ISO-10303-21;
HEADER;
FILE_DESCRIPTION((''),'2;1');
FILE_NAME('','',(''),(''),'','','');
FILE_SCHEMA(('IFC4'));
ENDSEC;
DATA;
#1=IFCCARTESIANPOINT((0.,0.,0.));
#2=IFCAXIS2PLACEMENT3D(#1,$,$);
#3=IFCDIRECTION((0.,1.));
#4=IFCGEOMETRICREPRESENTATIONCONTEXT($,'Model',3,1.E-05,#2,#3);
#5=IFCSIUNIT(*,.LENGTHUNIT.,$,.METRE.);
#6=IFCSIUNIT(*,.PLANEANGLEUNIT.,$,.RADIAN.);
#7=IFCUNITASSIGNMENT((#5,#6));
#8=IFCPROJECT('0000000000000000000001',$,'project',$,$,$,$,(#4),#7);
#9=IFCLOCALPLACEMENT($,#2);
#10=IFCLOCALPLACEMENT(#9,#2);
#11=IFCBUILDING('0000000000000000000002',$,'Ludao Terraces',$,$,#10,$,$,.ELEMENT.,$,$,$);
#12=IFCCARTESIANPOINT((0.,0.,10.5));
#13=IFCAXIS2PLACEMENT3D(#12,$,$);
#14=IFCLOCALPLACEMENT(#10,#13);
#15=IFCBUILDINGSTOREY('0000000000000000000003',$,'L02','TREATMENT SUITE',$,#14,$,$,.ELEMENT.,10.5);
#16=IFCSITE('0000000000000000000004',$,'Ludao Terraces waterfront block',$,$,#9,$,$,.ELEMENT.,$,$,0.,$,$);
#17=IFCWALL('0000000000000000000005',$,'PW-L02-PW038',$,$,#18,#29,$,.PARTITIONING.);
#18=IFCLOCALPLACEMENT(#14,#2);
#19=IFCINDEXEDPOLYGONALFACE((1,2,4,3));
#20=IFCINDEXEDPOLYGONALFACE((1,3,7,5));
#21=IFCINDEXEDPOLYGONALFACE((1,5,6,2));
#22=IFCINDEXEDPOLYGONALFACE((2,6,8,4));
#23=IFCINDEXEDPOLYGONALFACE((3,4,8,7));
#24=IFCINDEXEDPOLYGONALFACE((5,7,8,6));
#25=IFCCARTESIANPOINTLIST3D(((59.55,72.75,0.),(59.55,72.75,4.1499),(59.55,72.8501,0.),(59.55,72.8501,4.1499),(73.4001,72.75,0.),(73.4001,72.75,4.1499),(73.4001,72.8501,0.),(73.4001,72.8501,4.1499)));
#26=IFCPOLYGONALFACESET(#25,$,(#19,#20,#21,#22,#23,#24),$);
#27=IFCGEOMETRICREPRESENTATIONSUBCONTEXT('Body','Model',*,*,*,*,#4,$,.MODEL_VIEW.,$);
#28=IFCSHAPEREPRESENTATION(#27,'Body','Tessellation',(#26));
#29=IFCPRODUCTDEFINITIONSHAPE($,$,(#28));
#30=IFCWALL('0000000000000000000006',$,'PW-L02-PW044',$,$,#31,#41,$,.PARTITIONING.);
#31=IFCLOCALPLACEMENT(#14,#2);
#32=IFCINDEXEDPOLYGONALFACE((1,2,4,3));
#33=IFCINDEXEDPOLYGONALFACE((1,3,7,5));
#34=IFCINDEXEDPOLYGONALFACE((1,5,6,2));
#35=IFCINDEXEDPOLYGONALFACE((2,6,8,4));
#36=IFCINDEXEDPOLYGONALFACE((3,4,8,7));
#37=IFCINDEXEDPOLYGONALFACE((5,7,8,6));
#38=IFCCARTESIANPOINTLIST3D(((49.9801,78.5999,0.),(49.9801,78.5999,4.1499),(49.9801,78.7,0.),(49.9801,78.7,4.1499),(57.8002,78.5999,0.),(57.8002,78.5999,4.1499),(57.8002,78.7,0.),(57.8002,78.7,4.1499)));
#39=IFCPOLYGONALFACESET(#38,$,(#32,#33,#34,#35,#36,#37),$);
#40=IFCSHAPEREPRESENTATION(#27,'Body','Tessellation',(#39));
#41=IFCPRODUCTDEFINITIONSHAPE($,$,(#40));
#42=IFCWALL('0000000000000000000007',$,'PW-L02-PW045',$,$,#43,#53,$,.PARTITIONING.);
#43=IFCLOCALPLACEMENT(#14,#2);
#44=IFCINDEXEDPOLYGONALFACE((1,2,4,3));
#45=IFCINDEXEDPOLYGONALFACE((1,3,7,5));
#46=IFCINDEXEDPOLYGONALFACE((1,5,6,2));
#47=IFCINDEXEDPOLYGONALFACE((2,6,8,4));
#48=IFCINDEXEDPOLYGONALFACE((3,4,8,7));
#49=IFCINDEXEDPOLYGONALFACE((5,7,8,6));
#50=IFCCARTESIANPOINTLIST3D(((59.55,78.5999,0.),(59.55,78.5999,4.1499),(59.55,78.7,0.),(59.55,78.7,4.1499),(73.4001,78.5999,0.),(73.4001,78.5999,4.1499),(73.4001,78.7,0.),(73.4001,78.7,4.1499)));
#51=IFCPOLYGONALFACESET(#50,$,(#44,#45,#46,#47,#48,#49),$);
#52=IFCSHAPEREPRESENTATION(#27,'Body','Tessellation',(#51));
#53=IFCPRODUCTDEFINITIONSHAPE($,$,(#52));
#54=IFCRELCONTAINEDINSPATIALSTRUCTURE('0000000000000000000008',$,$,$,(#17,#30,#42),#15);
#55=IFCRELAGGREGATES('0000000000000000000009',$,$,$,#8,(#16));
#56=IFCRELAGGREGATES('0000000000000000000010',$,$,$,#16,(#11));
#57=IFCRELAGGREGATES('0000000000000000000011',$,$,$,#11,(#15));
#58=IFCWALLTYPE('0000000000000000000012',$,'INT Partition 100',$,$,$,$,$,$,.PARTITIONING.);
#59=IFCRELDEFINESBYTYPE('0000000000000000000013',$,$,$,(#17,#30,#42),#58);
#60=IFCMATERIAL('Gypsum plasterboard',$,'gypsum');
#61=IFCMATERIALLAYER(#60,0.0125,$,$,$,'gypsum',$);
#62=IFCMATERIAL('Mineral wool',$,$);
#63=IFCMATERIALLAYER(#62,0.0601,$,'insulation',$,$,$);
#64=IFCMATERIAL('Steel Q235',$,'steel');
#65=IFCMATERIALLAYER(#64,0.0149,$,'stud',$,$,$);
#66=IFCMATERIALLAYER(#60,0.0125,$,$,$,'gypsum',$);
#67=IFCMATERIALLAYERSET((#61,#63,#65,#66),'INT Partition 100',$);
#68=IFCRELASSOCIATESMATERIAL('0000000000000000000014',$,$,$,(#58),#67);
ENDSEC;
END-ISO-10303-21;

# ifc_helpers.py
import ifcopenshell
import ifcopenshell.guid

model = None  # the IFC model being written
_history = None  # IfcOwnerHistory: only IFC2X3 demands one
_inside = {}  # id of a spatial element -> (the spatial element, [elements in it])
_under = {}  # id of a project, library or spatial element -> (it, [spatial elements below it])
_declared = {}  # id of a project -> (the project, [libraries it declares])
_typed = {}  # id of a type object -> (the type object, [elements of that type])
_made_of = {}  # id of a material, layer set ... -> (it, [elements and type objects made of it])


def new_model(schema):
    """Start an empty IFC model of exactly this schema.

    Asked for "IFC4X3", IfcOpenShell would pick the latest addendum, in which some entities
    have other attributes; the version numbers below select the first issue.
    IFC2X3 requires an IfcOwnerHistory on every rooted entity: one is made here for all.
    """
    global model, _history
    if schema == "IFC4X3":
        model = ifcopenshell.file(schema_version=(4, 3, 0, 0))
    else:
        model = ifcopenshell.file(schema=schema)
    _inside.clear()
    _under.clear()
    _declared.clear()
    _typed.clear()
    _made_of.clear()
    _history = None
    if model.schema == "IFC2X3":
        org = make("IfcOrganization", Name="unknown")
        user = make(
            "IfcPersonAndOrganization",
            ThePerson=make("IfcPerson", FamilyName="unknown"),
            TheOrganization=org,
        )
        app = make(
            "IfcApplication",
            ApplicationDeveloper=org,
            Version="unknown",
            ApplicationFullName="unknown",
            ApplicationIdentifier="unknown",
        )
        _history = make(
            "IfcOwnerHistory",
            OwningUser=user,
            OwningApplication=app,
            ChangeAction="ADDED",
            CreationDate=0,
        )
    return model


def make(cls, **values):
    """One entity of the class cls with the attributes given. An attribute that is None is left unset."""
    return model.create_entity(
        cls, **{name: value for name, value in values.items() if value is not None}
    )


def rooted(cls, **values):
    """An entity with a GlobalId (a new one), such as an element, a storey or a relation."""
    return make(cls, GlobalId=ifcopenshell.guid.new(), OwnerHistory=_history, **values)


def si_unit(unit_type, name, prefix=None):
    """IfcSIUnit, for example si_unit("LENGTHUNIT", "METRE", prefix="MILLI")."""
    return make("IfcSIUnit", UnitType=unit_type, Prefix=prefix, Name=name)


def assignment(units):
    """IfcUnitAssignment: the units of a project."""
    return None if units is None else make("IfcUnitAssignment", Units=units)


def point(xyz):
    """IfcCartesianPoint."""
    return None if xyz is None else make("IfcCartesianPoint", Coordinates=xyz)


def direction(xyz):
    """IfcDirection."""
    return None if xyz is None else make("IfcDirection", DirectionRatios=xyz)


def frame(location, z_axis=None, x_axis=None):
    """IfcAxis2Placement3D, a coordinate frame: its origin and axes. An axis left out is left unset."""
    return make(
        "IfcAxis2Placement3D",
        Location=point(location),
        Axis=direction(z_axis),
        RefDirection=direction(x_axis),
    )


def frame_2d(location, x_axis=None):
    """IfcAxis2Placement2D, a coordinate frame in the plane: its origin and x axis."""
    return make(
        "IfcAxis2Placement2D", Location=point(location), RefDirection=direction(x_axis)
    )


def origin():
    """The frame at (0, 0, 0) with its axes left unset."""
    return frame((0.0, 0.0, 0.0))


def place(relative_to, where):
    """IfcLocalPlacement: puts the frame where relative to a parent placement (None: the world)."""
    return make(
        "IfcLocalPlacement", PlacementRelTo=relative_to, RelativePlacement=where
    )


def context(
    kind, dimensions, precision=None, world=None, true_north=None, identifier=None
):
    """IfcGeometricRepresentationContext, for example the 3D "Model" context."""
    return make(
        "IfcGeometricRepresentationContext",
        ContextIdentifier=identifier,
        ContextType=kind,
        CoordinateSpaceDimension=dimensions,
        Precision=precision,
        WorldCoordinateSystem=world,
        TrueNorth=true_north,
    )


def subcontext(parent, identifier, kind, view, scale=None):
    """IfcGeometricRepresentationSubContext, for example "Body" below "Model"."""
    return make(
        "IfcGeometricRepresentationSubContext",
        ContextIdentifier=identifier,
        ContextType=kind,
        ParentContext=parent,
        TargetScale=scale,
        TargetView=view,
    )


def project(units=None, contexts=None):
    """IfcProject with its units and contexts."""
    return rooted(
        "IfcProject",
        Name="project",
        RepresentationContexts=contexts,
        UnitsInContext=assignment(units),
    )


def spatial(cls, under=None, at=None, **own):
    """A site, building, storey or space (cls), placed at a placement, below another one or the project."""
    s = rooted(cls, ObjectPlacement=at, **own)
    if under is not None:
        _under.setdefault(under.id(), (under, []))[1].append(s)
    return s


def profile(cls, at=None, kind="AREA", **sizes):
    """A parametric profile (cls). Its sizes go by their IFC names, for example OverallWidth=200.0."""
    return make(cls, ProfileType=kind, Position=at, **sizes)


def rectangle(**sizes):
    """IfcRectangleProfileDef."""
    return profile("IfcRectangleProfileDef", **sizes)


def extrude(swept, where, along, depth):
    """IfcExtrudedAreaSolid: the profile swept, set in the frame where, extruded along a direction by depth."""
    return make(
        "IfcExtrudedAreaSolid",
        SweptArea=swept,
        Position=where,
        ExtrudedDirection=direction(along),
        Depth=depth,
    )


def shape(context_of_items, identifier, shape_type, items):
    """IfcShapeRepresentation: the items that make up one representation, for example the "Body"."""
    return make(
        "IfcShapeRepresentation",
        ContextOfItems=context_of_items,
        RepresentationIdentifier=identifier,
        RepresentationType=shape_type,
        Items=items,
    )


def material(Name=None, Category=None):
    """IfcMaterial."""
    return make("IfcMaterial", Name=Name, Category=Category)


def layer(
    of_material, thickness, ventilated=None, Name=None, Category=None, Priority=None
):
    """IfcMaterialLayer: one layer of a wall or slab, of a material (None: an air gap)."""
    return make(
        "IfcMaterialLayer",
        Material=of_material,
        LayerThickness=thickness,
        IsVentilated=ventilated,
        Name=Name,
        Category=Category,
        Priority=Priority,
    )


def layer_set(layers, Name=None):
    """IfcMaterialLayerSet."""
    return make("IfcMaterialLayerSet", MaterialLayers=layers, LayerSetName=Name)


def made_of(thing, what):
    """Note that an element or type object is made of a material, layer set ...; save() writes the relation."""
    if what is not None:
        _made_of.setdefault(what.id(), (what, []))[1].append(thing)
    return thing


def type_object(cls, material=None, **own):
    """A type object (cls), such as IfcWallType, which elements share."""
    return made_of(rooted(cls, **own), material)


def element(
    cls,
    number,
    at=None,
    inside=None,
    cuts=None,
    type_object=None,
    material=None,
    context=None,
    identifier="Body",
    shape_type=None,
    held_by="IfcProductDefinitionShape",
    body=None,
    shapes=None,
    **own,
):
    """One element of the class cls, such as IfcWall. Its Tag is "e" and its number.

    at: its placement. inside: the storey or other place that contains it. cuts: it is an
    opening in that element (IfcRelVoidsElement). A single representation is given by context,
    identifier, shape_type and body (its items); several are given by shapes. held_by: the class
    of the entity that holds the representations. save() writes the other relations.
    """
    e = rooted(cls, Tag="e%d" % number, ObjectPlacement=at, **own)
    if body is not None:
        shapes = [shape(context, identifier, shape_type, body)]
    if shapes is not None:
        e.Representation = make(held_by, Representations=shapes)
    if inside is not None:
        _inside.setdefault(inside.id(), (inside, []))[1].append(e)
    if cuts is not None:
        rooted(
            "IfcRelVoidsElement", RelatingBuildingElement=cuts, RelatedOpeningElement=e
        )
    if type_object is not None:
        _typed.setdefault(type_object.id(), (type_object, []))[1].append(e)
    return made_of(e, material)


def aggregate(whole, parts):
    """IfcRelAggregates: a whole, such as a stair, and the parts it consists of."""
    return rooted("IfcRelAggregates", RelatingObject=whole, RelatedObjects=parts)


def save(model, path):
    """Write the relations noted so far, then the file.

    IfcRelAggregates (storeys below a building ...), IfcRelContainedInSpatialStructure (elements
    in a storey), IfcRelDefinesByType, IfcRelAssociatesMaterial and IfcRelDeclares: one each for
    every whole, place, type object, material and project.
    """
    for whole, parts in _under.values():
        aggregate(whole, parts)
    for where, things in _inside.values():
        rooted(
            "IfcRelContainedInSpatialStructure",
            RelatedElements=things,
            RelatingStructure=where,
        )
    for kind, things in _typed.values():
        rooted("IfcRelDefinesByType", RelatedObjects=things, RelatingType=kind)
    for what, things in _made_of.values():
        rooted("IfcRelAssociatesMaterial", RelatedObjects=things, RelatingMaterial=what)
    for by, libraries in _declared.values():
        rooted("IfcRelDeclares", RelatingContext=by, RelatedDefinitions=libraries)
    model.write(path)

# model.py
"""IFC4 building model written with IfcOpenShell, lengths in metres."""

from ifc_helpers import new_model, si_unit, direction, frame, frame_2d, origin, place, context, subcontext, project, spatial, rectangle, extrude, material, layer, layer_set, type_object, element, save


model = new_model("IFC4")

# Units and contexts
model_context = context("Model", 3, precision=1e-05, world=origin(), true_north=direction((0.0, 1.0)))
body_context = subcontext(model_context, "Body", "Model", "MODEL_VIEW")
ifc_project = project(units=[si_unit("LENGTHUNIT", "METRE"), si_unit("PLANEANGLEUNIT", "RADIAN")], contexts=[model_context])

# Site, building, storey
site_placement = place(None, origin())
site = spatial("IfcSite", under=ifc_project, at=site_placement, Name="Ludao Terraces waterfront block", CompositionType="ELEMENT", RefElevation=0.0)
building_placement = place(site_placement, origin())
building = spatial("IfcBuilding", under=site, at=building_placement, Name="Ludao Terraces", CompositionType="ELEMENT")
storey_placement = place(building_placement, frame((0.0, 0.0, 10.5)))
storey = spatial("IfcBuildingStorey", under=building, at=storey_placement, Name="L02", Description="TREATMENT SUITE", CompositionType="ELEMENT", Elevation=10.5)

# Shared definitions
ifc_material_1 = material(Name="Steel Q235", Category="steel")

# Shared definitions
ifc_material_2 = material(Name="Mineral wool")

# Walls
ifc_material_3 = material(Name="Gypsum plasterboard", Category="gypsum")
ifc_layer_1 = layer(ifc_material_3, 0.0125, Category="gypsum")
ifc_layer_2 = layer(ifc_material_2, 0.0601, Name="insulation")
ifc_layer_3 = layer(ifc_material_1, 0.0149, Name="stud")
ifc_layer_4 = layer(ifc_material_3, 0.0125, Category="gypsum")
ifc_layer_set_1 = layer_set([ifc_layer_1, ifc_layer_2, ifc_layer_3, ifc_layer_4], Name="INT Partition 100")
wall_type_1 = type_object("IfcWallType", Name="INT Partition 100", PredefinedType="PARTITIONING", material=ifc_layer_set_1)
wall_1_placement = place(storey_placement, frame((59.55, 72.8, 0.0), z_axis=(0.0, 0.0, 1.0), x_axis=(1.0, 0.0, 0.0)))
element("IfcWall", 1, at=wall_1_placement, inside=storey, type_object=wall_type_1, Name="PW-L02-PW038", PredefinedType="PARTITIONING", context=body_context, shape_type="SweptSolid", body=[
    extrude(rectangle(XDim=13.8501, YDim=0.1001, at=frame_2d((6.925, 0.0))), origin(), (0.0, 0.0, 1.0), 4.1499),
])
wall_2_placement = place(storey_placement, frame((49.98, 78.6499, 0.0), z_axis=(0.0, 0.0, 1.0), x_axis=(1.0, 0.0, 0.0)))
element("IfcWall", 2, at=wall_2_placement, inside=storey, type_object=wall_type_1, Name="PW-L02-PW044", PredefinedType="PARTITIONING", context=body_context, shape_type="SweptSolid", body=[
    extrude(rectangle(XDim=7.8201, YDim=0.1001, at=frame_2d((3.9102, 0.0))), origin(), (0.0, 0.0, 1.0), 4.1499),
])
wall_3_placement = place(storey_placement, frame((59.55, 78.6499, 0.0), z_axis=(0.0, 0.0, 1.0), x_axis=(1.0, 0.0, 0.0)))
element("IfcWall", 3, at=wall_3_placement, inside=storey, type_object=wall_type_1, Name="PW-L02-PW045", PredefinedType="PARTITIONING", context=body_context, shape_type="SweptSolid", body=[
    extrude(rectangle(XDim=13.8501, YDim=0.1001, at=frame_2d((6.925, 0.0))), origin(), (0.0, 0.0, 1.0), 4.1499),
])

save(model, "model.ifc")
